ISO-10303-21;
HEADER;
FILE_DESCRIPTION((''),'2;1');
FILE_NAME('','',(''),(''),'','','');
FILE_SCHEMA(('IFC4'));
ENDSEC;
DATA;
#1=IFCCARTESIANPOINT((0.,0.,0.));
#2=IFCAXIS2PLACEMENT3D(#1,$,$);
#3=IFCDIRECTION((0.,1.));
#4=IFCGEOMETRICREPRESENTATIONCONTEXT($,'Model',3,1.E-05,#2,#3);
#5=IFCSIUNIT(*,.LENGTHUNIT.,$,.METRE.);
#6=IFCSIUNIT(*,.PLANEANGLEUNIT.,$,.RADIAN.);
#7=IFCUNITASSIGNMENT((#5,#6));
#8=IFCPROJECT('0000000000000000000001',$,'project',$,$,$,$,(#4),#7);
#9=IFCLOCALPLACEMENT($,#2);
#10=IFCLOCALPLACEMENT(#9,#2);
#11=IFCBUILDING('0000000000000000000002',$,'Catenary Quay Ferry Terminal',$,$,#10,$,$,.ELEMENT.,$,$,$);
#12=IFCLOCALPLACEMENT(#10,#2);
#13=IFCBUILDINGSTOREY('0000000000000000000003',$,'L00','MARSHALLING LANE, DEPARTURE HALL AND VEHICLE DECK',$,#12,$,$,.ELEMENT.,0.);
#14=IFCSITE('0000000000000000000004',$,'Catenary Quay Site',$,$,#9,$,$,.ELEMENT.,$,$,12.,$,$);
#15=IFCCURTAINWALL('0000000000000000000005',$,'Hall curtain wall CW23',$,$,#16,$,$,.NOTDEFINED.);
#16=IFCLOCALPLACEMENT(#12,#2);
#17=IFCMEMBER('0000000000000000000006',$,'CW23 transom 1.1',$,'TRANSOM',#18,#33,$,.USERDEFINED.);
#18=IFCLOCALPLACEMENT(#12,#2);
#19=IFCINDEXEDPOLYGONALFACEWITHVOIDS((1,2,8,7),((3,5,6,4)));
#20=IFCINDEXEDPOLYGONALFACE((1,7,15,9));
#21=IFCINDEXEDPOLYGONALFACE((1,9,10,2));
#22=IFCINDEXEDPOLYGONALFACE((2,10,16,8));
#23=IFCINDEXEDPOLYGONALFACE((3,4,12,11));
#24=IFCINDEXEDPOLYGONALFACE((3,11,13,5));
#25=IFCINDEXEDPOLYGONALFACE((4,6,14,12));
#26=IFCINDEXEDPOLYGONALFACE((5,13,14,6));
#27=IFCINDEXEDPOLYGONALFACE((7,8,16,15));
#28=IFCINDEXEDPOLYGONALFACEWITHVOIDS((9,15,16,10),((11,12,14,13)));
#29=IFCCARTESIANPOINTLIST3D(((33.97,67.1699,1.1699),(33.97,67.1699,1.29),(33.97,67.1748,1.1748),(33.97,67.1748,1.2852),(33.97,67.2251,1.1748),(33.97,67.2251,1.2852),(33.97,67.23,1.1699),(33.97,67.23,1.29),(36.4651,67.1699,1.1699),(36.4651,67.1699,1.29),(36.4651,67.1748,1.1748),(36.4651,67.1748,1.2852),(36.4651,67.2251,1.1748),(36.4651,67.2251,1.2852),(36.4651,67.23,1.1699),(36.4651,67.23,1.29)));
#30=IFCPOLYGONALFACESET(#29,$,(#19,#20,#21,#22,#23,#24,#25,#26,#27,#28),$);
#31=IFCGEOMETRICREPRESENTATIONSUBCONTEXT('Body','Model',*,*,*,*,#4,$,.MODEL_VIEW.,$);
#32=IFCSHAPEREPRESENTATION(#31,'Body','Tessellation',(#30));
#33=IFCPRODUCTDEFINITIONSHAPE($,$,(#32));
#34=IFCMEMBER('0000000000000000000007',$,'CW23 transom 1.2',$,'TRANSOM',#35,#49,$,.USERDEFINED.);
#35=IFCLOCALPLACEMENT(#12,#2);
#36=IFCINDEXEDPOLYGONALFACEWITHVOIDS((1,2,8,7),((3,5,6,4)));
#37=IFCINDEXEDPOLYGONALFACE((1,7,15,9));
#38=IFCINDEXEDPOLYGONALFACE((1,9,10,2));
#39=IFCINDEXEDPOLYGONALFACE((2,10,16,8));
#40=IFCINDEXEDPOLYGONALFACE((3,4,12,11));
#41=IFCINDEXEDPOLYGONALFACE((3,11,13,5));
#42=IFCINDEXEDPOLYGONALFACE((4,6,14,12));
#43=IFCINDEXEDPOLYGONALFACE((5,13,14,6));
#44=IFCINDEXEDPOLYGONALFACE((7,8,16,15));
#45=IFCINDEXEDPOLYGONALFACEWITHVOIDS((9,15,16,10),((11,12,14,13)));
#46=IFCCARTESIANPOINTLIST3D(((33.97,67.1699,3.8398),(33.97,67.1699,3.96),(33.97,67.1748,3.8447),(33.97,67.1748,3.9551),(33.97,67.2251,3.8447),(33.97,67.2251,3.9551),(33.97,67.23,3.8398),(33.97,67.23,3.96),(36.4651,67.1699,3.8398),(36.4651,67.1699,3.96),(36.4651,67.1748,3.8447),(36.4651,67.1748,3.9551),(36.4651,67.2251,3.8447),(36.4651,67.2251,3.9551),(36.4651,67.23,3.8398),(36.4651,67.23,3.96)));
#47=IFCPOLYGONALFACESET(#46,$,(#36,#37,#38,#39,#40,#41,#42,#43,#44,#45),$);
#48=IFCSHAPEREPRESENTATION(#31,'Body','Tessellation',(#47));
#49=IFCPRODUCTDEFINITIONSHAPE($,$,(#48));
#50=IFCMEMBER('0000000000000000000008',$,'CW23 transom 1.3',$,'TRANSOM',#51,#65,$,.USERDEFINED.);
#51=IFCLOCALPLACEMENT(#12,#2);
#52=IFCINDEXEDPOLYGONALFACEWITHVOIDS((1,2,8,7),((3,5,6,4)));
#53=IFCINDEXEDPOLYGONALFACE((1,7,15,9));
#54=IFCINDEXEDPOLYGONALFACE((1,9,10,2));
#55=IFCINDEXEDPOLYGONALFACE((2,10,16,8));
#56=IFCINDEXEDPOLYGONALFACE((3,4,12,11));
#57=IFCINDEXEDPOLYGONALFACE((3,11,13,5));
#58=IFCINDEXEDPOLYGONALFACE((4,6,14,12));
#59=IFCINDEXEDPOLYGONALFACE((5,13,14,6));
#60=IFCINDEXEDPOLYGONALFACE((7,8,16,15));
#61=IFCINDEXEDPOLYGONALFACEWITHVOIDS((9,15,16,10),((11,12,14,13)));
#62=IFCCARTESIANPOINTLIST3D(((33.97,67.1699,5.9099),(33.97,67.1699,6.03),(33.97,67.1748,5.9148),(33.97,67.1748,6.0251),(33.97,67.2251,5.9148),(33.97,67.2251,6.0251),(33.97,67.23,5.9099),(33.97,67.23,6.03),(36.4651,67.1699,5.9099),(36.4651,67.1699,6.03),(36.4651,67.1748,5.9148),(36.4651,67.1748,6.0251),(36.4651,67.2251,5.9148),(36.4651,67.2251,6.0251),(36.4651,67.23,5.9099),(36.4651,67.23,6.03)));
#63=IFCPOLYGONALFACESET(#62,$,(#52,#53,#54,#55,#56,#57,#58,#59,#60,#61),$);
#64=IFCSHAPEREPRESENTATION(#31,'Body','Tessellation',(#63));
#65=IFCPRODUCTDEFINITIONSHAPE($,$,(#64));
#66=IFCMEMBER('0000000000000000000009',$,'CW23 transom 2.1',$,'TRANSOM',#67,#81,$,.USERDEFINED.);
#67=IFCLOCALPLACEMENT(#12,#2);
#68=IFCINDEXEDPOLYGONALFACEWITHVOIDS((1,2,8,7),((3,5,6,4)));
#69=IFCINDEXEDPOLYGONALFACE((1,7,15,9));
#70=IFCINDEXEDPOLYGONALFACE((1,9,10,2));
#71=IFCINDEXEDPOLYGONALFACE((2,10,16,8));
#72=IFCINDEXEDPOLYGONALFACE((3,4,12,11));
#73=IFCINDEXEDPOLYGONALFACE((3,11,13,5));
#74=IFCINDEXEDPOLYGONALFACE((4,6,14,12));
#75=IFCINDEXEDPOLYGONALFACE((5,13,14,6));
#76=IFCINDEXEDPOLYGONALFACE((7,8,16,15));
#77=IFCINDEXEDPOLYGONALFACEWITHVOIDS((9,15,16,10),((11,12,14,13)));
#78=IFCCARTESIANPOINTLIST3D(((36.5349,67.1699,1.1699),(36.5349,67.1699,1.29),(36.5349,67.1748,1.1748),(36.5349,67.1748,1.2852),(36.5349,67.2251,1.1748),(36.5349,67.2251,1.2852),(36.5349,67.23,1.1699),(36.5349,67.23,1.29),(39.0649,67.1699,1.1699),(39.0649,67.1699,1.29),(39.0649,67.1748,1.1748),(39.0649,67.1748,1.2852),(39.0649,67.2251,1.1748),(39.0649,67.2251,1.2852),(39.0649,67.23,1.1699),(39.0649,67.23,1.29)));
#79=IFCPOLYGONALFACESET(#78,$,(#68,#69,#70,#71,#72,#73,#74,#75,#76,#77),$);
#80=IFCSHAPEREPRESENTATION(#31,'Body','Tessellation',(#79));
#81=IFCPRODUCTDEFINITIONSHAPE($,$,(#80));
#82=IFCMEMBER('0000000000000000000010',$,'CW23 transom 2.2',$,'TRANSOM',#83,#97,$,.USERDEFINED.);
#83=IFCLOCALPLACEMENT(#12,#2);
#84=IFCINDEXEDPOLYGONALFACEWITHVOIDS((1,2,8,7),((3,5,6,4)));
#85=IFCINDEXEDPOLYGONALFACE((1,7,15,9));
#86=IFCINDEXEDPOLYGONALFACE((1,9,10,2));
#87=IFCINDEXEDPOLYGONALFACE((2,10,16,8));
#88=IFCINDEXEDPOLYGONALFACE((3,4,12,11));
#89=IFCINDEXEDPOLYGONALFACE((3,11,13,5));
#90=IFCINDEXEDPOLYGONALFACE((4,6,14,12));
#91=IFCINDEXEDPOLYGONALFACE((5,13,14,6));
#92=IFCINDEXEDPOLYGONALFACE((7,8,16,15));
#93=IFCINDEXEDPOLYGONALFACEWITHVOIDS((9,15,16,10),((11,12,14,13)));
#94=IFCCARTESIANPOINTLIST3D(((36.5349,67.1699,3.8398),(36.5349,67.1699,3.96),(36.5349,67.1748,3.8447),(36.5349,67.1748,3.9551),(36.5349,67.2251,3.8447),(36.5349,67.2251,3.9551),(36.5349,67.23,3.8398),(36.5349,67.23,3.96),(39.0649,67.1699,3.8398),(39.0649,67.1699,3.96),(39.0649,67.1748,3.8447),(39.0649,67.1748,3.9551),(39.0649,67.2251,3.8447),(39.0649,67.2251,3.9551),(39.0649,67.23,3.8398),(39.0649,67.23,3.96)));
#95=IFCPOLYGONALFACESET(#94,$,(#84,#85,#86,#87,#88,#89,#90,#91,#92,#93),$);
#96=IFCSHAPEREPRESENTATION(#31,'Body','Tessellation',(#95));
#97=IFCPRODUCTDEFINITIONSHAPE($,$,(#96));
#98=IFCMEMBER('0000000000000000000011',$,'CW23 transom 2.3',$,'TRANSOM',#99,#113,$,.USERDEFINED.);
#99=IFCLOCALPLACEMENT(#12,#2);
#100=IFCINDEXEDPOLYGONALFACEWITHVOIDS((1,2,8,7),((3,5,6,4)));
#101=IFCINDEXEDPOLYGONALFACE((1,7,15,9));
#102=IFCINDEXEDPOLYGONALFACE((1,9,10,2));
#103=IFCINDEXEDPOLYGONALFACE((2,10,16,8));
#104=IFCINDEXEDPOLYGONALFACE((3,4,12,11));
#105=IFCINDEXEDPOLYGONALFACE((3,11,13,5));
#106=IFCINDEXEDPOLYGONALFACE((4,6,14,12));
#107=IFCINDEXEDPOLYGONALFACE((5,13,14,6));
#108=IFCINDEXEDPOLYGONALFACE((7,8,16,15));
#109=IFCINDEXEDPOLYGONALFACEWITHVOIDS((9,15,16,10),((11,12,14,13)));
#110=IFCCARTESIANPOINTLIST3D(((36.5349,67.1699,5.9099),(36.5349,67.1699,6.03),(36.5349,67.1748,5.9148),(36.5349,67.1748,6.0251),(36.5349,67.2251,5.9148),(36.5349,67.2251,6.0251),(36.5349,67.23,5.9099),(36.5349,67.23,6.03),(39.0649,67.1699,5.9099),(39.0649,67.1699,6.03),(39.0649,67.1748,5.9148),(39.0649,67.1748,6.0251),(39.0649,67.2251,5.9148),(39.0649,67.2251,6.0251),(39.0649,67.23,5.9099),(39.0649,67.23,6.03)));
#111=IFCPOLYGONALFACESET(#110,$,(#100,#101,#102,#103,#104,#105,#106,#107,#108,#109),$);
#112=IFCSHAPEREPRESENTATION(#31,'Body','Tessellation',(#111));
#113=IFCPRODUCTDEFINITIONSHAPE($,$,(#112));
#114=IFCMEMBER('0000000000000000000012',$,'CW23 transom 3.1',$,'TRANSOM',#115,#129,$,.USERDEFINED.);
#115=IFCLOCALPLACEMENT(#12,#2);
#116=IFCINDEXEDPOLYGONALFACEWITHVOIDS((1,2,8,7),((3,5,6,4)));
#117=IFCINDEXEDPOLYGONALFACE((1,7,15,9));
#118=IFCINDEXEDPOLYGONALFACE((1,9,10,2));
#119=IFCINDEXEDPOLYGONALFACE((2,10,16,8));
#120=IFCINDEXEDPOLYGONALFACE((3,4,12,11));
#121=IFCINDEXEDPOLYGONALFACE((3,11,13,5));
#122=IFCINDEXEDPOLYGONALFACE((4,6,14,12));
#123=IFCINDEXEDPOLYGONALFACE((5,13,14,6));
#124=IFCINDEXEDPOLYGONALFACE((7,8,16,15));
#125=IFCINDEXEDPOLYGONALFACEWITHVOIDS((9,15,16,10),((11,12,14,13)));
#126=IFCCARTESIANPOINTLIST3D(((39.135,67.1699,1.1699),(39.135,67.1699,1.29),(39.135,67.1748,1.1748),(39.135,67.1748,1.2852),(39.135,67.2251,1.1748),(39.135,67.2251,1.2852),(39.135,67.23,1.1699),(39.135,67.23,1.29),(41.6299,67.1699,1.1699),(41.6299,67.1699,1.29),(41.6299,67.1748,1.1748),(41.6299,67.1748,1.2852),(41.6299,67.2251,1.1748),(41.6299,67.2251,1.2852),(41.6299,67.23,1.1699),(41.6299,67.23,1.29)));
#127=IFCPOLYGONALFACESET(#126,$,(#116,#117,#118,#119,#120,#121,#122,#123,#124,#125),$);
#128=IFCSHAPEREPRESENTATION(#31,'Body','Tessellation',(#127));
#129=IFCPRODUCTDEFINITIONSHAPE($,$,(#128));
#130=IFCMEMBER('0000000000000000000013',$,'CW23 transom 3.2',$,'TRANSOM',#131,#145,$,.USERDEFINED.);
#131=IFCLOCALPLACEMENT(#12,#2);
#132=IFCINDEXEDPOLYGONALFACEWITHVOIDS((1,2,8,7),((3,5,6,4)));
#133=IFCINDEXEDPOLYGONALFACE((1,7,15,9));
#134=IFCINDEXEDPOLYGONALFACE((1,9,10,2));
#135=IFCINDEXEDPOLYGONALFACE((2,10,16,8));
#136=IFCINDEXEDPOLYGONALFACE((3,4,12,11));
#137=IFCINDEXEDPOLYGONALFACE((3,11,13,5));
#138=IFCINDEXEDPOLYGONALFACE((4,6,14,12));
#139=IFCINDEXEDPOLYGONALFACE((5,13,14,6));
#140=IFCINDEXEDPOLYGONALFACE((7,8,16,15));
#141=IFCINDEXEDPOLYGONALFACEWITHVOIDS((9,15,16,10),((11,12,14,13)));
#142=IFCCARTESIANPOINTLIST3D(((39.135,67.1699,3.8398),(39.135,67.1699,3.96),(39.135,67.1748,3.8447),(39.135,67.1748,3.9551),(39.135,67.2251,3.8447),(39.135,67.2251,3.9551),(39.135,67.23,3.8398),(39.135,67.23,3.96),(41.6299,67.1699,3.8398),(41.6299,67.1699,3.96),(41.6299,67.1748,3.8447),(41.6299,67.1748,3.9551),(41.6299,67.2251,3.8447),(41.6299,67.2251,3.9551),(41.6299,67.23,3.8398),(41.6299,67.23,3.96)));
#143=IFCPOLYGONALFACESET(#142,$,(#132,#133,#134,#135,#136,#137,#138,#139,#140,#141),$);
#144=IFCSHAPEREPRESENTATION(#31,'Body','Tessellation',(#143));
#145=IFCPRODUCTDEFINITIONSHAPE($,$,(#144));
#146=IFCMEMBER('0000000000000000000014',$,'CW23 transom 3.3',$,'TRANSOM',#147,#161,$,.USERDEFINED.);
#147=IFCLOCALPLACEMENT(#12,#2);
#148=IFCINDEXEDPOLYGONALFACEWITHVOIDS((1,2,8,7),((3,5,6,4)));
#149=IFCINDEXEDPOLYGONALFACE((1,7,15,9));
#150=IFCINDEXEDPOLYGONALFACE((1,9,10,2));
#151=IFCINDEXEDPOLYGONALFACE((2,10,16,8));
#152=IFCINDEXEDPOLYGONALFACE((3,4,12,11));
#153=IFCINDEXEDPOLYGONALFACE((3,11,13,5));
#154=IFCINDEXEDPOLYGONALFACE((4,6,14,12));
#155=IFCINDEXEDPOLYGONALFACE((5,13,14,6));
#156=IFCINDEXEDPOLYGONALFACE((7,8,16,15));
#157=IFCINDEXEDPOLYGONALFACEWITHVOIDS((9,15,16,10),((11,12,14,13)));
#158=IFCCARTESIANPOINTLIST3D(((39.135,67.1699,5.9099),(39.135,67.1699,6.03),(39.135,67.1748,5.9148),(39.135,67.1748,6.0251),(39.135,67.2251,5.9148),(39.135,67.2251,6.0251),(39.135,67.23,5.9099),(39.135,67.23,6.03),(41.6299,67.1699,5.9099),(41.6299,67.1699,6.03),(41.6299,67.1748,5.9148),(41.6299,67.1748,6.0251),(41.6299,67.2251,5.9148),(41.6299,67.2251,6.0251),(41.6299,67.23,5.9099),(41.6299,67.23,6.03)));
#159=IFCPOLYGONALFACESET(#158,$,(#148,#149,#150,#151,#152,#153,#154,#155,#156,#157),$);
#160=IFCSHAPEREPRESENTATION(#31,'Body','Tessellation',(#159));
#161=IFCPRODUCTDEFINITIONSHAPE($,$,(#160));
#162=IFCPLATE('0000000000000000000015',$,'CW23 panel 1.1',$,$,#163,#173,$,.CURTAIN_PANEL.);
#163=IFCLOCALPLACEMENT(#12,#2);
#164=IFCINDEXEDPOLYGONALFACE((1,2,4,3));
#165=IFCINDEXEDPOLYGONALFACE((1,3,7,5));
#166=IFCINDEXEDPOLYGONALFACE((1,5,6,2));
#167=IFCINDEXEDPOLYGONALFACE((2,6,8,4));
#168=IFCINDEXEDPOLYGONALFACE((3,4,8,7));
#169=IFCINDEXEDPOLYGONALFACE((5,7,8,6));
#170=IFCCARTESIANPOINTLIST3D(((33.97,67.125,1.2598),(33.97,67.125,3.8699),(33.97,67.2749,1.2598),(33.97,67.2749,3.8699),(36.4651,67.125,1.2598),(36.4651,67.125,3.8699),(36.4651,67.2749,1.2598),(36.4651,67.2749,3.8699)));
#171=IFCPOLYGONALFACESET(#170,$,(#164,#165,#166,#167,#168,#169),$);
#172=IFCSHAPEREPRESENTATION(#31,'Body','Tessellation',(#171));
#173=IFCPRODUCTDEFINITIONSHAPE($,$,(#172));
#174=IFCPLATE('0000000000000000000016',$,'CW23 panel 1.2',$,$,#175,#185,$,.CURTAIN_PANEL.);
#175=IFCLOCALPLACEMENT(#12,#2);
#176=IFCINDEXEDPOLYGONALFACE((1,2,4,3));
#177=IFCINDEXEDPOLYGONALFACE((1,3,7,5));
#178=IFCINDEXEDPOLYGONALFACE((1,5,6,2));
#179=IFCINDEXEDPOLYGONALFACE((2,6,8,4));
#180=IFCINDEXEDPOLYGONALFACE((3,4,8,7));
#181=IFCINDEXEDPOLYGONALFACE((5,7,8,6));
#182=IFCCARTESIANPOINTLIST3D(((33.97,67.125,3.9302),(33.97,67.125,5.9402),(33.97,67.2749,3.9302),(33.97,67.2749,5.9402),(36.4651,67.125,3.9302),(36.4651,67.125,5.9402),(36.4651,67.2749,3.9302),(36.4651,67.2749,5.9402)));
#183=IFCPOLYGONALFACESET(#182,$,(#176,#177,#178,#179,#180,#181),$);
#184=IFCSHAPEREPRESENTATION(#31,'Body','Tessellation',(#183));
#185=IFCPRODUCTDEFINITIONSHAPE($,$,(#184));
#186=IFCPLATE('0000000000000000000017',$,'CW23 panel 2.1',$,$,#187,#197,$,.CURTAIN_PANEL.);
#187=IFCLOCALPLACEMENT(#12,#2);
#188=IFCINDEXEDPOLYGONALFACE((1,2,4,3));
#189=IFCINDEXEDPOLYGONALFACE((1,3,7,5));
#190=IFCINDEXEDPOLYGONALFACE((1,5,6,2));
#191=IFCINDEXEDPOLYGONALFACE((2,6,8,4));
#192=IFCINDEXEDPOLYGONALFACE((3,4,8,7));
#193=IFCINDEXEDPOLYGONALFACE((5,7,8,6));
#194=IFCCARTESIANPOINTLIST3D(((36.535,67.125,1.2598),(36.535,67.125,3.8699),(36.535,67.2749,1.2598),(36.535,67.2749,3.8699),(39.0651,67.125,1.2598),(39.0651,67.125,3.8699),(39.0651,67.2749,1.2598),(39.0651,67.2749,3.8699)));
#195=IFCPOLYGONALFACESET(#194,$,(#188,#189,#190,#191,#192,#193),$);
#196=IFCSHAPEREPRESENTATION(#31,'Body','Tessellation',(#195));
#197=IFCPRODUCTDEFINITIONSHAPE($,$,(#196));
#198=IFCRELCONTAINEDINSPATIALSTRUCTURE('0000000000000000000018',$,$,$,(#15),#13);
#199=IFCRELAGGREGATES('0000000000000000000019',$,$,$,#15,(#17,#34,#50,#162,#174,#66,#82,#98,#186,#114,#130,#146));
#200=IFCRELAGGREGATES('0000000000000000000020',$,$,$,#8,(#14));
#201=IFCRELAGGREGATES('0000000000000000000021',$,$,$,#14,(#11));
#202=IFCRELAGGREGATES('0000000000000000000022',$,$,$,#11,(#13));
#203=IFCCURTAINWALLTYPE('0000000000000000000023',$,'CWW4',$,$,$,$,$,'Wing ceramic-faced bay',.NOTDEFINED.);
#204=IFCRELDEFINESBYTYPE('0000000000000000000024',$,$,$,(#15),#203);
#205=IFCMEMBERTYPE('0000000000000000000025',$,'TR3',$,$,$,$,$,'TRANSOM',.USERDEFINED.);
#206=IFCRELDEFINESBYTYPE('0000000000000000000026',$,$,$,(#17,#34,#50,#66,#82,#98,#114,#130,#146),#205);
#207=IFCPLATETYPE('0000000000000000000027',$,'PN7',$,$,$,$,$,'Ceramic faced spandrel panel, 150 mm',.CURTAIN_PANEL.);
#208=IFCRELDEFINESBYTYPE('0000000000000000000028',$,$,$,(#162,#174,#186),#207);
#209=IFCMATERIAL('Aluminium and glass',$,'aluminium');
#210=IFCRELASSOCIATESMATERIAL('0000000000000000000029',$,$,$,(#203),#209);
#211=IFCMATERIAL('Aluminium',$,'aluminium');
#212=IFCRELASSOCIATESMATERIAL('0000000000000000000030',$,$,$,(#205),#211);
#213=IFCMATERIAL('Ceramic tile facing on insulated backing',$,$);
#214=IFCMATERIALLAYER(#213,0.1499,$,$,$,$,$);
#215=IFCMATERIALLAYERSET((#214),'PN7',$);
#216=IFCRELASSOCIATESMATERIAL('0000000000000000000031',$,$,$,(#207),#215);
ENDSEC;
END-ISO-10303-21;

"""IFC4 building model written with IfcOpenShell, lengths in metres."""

from ifc_helpers import new_model, si_unit, direction, frame, origin, origin_2d, place, context, subcontext, project, spatial, rectangle, hollow_rectangle, extrude, material, layer, layer_set, material_profile, profile_set, type_object, element, aggregate, save


model = new_model("IFC4")

# Units and contexts
model_context = context("Model", 3, precision=1e-05, world=origin(), true_north=direction((0.0, 1.0)))
body_context = subcontext(model_context, "Body", "Model", "MODEL_VIEW")
ifc_project = project(units=[si_unit("LENGTHUNIT", "METRE"), si_unit("PLANEANGLEUNIT", "RADIAN")], contexts=[model_context])

# Site, building, storey
site_placement = place(None, origin())
site = spatial("IfcSite", under=ifc_project, at=site_placement, Name="Catenary Quay Site", CompositionType="ELEMENT", RefElevation=12.0)
building_placement = place(site_placement, origin())
building = spatial("IfcBuilding", under=site, at=building_placement, Name="Catenary Quay Ferry Terminal", CompositionType="ELEMENT")
storey_placement = place(building_placement, origin())
storey = spatial("IfcBuildingStorey", under=building, at=storey_placement, Name="L00", Description="MARSHALLING LANE, DEPARTURE HALL AND VEHICLE DECK", CompositionType="ELEMENT", Elevation=0.0)

# Curtain wall
ifc_material_1 = material(Name="Aluminium and glass", Category="aluminium")
curtain_wall_type = type_object("IfcCurtainWallType", Name="CWW4", ElementType="Wing ceramic-faced bay", PredefinedType="NOTDEFINED", material=ifc_material_1)
curtain_wall_1_placement = place(storey_placement, origin())
curtain_wall_1 = element("IfcCurtainWall", 1, at=curtain_wall_1_placement, inside=storey, type_object=curtain_wall_type, Name="Hall curtain wall CW23", PredefinedType="NOTDEFINED")

# Members
ifc_material_2 = material(Name="Aluminium", Category="aluminium")
ifc_material_profile_1 = material_profile(ifc_material_2, hollow_rectangle(XDim=0.0601, YDim=0.1201, WallThickness=0.0049, at=origin_2d()), Name="TR3")
ifc_profile_set_1 = profile_set([ifc_material_profile_1], Name="Aluminium")
member_type_1 = type_object("IfcMemberType", Name="TR3", ElementType="TRANSOM", PredefinedType="USERDEFINED", material=ifc_profile_set_1)
member_1_placement = place(storey_placement, frame((33.97, 67.2, 1.23), z_axis=(1.0, 0.0, 0.0), x_axis=(0.0, 1.0, 0.0)))
member_1 = element("IfcMember", 2, at=member_1_placement, type_object=member_type_1, Name="CW23 transom 1.1", ObjectType="TRANSOM", PredefinedType="USERDEFINED", context=body_context, shape_type="SweptSolid", body=[
    extrude(hollow_rectangle(XDim=0.0601, YDim=0.1201, WallThickness=0.0049, at=origin_2d()), origin(), (0.0, 0.0, 1.0), 2.4951),
])
member_2_placement = place(storey_placement, frame((33.97, 67.2, 3.8999), z_axis=(1.0, 0.0, 0.0), x_axis=(0.0, 1.0, 0.0)))
member_2 = element("IfcMember", 3, at=member_2_placement, type_object=member_type_1, Name="CW23 transom 1.2", ObjectType="TRANSOM", PredefinedType="USERDEFINED", context=body_context, shape_type="SweptSolid", body=[
    extrude(hollow_rectangle(XDim=0.0601, YDim=0.1201, WallThickness=0.0049, at=origin_2d()), origin(), (0.0, 0.0, 1.0), 2.4951),
])
member_3_placement = place(storey_placement, frame((33.97, 67.2, 5.97), z_axis=(1.0, 0.0, 0.0), x_axis=(0.0, 1.0, 0.0)))
member_3 = element("IfcMember", 4, at=member_3_placement, type_object=member_type_1, Name="CW23 transom 1.3", ObjectType="TRANSOM", PredefinedType="USERDEFINED", context=body_context, shape_type="SweptSolid", body=[
    extrude(hollow_rectangle(XDim=0.0601, YDim=0.1201, WallThickness=0.0049, at=origin_2d()), origin(), (0.0, 0.0, 1.0), 2.4951),
])
member_4_placement = place(storey_placement, frame((36.5349, 67.2, 1.23), z_axis=(1.0, 0.0, 0.0), x_axis=(0.0, 1.0, 0.0)))
member_4 = element("IfcMember", 5, at=member_4_placement, type_object=member_type_1, Name="CW23 transom 2.1", ObjectType="TRANSOM", PredefinedType="USERDEFINED", context=body_context, shape_type="SweptSolid", body=[
    extrude(hollow_rectangle(XDim=0.0601, YDim=0.1201, WallThickness=0.0049, at=origin_2d()), origin(), (0.0, 0.0, 1.0), 2.53),
])
member_5_placement = place(storey_placement, frame((36.5349, 67.2, 3.8999), z_axis=(1.0, 0.0, 0.0), x_axis=(0.0, 1.0, 0.0)))
member_5 = element("IfcMember", 6, at=member_5_placement, type_object=member_type_1, Name="CW23 transom 2.2", ObjectType="TRANSOM", PredefinedType="USERDEFINED", context=body_context, shape_type="SweptSolid", body=[
    extrude(hollow_rectangle(XDim=0.0601, YDim=0.1201, WallThickness=0.0049, at=origin_2d()), origin(), (0.0, 0.0, 1.0), 2.53),
])
member_6_placement = place(storey_placement, frame((36.5349, 67.2, 5.97), z_axis=(1.0, 0.0, 0.0), x_axis=(0.0, 1.0, 0.0)))
member_6 = element("IfcMember", 7, at=member_6_placement, type_object=member_type_1, Name="CW23 transom 2.3", ObjectType="TRANSOM", PredefinedType="USERDEFINED", context=body_context, shape_type="SweptSolid", body=[
    extrude(hollow_rectangle(XDim=0.0601, YDim=0.1201, WallThickness=0.0049, at=origin_2d()), origin(), (0.0, 0.0, 1.0), 2.53),
])
member_7_placement = place(storey_placement, frame((39.135, 67.2, 1.23), z_axis=(1.0, 0.0, 0.0), x_axis=(0.0, 1.0, 0.0)))
member_7 = element("IfcMember", 8, at=member_7_placement, type_object=member_type_1, Name="CW23 transom 3.1", ObjectType="TRANSOM", PredefinedType="USERDEFINED", context=body_context, shape_type="SweptSolid", body=[
    extrude(hollow_rectangle(XDim=0.0601, YDim=0.1201, WallThickness=0.0049, at=origin_2d()), origin(), (0.0, 0.0, 1.0), 2.4949),
])
member_8_placement = place(storey_placement, frame((39.135, 67.2, 3.8999), z_axis=(1.0, 0.0, 0.0), x_axis=(0.0, 1.0, 0.0)))
member_8 = element("IfcMember", 9, at=member_8_placement, type_object=member_type_1, Name="CW23 transom 3.2", ObjectType="TRANSOM", PredefinedType="USERDEFINED", context=body_context, shape_type="SweptSolid", body=[
    extrude(hollow_rectangle(XDim=0.0601, YDim=0.1201, WallThickness=0.0049, at=origin_2d()), origin(), (0.0, 0.0, 1.0), 2.4949),
])
member_9_placement = place(storey_placement, frame((39.135, 67.2, 5.97), z_axis=(1.0, 0.0, 0.0), x_axis=(0.0, 1.0, 0.0)))
member_9 = element("IfcMember", 10, at=member_9_placement, type_object=member_type_1, Name="CW23 transom 3.3", ObjectType="TRANSOM", PredefinedType="USERDEFINED", context=body_context, shape_type="SweptSolid", body=[
    extrude(hollow_rectangle(XDim=0.0601, YDim=0.1201, WallThickness=0.0049, at=origin_2d()), origin(), (0.0, 0.0, 1.0), 2.4949),
])

# Plates
ifc_material_3 = material(Name="Ceramic tile facing on insulated backing")
ifc_layer_1 = layer(ifc_material_3, 0.1499)
ifc_layer_set_1 = layer_set([ifc_layer_1], Name="PN7")
plate_type = type_object("IfcPlateType", Name="PN7", ElementType="Ceramic faced spandrel panel, 150 mm", PredefinedType="CURTAIN_PANEL", material=ifc_layer_set_1)
plate_1_placement = place(storey_placement, frame((35.2175, 67.2, 1.2598), z_axis=(0.0, 0.0, 1.0), x_axis=(1.0, 0.0, 0.0)))
plate_1 = element("IfcPlate", 11, at=plate_1_placement, type_object=plate_type, Name="CW23 panel 1.1", PredefinedType="CURTAIN_PANEL", context=body_context, shape_type="SweptSolid", body=[
    extrude(rectangle(XDim=2.4951, YDim=0.1499, at=origin_2d()), origin(), (0.0, 0.0, 1.0), 2.6101),
])
plate_2_placement = place(storey_placement, frame((35.2175, 67.2, 3.9302), z_axis=(0.0, 0.0, 1.0), x_axis=(1.0, 0.0, 0.0)))
plate_2 = element("IfcPlate", 12, at=plate_2_placement, type_object=plate_type, Name="CW23 panel 1.2", PredefinedType="CURTAIN_PANEL", context=body_context, shape_type="SweptSolid", body=[
    extrude(rectangle(XDim=2.4951, YDim=0.1499, at=origin_2d()), origin(), (0.0, 0.0, 1.0), 2.01),
])
plate_3_placement = place(storey_placement, frame((37.8, 67.2, 1.2598), z_axis=(0.0, 0.0, 1.0), x_axis=(1.0, 0.0, 0.0)))
plate_3 = element("IfcPlate", 13, at=plate_3_placement, type_object=plate_type, Name="CW23 panel 2.1", PredefinedType="CURTAIN_PANEL", context=body_context, shape_type="SweptSolid", body=[
    extrude(rectangle(XDim=2.53, YDim=0.1499, at=origin_2d()), origin(), (0.0, 0.0, 1.0), 2.6101),
])
aggregate(curtain_wall_1, [member_1, member_2, member_3, plate_1, plate_2, member_4, member_5, member_6, plate_3, member_7, member_8, member_9])

save(model, "model.ifc")
